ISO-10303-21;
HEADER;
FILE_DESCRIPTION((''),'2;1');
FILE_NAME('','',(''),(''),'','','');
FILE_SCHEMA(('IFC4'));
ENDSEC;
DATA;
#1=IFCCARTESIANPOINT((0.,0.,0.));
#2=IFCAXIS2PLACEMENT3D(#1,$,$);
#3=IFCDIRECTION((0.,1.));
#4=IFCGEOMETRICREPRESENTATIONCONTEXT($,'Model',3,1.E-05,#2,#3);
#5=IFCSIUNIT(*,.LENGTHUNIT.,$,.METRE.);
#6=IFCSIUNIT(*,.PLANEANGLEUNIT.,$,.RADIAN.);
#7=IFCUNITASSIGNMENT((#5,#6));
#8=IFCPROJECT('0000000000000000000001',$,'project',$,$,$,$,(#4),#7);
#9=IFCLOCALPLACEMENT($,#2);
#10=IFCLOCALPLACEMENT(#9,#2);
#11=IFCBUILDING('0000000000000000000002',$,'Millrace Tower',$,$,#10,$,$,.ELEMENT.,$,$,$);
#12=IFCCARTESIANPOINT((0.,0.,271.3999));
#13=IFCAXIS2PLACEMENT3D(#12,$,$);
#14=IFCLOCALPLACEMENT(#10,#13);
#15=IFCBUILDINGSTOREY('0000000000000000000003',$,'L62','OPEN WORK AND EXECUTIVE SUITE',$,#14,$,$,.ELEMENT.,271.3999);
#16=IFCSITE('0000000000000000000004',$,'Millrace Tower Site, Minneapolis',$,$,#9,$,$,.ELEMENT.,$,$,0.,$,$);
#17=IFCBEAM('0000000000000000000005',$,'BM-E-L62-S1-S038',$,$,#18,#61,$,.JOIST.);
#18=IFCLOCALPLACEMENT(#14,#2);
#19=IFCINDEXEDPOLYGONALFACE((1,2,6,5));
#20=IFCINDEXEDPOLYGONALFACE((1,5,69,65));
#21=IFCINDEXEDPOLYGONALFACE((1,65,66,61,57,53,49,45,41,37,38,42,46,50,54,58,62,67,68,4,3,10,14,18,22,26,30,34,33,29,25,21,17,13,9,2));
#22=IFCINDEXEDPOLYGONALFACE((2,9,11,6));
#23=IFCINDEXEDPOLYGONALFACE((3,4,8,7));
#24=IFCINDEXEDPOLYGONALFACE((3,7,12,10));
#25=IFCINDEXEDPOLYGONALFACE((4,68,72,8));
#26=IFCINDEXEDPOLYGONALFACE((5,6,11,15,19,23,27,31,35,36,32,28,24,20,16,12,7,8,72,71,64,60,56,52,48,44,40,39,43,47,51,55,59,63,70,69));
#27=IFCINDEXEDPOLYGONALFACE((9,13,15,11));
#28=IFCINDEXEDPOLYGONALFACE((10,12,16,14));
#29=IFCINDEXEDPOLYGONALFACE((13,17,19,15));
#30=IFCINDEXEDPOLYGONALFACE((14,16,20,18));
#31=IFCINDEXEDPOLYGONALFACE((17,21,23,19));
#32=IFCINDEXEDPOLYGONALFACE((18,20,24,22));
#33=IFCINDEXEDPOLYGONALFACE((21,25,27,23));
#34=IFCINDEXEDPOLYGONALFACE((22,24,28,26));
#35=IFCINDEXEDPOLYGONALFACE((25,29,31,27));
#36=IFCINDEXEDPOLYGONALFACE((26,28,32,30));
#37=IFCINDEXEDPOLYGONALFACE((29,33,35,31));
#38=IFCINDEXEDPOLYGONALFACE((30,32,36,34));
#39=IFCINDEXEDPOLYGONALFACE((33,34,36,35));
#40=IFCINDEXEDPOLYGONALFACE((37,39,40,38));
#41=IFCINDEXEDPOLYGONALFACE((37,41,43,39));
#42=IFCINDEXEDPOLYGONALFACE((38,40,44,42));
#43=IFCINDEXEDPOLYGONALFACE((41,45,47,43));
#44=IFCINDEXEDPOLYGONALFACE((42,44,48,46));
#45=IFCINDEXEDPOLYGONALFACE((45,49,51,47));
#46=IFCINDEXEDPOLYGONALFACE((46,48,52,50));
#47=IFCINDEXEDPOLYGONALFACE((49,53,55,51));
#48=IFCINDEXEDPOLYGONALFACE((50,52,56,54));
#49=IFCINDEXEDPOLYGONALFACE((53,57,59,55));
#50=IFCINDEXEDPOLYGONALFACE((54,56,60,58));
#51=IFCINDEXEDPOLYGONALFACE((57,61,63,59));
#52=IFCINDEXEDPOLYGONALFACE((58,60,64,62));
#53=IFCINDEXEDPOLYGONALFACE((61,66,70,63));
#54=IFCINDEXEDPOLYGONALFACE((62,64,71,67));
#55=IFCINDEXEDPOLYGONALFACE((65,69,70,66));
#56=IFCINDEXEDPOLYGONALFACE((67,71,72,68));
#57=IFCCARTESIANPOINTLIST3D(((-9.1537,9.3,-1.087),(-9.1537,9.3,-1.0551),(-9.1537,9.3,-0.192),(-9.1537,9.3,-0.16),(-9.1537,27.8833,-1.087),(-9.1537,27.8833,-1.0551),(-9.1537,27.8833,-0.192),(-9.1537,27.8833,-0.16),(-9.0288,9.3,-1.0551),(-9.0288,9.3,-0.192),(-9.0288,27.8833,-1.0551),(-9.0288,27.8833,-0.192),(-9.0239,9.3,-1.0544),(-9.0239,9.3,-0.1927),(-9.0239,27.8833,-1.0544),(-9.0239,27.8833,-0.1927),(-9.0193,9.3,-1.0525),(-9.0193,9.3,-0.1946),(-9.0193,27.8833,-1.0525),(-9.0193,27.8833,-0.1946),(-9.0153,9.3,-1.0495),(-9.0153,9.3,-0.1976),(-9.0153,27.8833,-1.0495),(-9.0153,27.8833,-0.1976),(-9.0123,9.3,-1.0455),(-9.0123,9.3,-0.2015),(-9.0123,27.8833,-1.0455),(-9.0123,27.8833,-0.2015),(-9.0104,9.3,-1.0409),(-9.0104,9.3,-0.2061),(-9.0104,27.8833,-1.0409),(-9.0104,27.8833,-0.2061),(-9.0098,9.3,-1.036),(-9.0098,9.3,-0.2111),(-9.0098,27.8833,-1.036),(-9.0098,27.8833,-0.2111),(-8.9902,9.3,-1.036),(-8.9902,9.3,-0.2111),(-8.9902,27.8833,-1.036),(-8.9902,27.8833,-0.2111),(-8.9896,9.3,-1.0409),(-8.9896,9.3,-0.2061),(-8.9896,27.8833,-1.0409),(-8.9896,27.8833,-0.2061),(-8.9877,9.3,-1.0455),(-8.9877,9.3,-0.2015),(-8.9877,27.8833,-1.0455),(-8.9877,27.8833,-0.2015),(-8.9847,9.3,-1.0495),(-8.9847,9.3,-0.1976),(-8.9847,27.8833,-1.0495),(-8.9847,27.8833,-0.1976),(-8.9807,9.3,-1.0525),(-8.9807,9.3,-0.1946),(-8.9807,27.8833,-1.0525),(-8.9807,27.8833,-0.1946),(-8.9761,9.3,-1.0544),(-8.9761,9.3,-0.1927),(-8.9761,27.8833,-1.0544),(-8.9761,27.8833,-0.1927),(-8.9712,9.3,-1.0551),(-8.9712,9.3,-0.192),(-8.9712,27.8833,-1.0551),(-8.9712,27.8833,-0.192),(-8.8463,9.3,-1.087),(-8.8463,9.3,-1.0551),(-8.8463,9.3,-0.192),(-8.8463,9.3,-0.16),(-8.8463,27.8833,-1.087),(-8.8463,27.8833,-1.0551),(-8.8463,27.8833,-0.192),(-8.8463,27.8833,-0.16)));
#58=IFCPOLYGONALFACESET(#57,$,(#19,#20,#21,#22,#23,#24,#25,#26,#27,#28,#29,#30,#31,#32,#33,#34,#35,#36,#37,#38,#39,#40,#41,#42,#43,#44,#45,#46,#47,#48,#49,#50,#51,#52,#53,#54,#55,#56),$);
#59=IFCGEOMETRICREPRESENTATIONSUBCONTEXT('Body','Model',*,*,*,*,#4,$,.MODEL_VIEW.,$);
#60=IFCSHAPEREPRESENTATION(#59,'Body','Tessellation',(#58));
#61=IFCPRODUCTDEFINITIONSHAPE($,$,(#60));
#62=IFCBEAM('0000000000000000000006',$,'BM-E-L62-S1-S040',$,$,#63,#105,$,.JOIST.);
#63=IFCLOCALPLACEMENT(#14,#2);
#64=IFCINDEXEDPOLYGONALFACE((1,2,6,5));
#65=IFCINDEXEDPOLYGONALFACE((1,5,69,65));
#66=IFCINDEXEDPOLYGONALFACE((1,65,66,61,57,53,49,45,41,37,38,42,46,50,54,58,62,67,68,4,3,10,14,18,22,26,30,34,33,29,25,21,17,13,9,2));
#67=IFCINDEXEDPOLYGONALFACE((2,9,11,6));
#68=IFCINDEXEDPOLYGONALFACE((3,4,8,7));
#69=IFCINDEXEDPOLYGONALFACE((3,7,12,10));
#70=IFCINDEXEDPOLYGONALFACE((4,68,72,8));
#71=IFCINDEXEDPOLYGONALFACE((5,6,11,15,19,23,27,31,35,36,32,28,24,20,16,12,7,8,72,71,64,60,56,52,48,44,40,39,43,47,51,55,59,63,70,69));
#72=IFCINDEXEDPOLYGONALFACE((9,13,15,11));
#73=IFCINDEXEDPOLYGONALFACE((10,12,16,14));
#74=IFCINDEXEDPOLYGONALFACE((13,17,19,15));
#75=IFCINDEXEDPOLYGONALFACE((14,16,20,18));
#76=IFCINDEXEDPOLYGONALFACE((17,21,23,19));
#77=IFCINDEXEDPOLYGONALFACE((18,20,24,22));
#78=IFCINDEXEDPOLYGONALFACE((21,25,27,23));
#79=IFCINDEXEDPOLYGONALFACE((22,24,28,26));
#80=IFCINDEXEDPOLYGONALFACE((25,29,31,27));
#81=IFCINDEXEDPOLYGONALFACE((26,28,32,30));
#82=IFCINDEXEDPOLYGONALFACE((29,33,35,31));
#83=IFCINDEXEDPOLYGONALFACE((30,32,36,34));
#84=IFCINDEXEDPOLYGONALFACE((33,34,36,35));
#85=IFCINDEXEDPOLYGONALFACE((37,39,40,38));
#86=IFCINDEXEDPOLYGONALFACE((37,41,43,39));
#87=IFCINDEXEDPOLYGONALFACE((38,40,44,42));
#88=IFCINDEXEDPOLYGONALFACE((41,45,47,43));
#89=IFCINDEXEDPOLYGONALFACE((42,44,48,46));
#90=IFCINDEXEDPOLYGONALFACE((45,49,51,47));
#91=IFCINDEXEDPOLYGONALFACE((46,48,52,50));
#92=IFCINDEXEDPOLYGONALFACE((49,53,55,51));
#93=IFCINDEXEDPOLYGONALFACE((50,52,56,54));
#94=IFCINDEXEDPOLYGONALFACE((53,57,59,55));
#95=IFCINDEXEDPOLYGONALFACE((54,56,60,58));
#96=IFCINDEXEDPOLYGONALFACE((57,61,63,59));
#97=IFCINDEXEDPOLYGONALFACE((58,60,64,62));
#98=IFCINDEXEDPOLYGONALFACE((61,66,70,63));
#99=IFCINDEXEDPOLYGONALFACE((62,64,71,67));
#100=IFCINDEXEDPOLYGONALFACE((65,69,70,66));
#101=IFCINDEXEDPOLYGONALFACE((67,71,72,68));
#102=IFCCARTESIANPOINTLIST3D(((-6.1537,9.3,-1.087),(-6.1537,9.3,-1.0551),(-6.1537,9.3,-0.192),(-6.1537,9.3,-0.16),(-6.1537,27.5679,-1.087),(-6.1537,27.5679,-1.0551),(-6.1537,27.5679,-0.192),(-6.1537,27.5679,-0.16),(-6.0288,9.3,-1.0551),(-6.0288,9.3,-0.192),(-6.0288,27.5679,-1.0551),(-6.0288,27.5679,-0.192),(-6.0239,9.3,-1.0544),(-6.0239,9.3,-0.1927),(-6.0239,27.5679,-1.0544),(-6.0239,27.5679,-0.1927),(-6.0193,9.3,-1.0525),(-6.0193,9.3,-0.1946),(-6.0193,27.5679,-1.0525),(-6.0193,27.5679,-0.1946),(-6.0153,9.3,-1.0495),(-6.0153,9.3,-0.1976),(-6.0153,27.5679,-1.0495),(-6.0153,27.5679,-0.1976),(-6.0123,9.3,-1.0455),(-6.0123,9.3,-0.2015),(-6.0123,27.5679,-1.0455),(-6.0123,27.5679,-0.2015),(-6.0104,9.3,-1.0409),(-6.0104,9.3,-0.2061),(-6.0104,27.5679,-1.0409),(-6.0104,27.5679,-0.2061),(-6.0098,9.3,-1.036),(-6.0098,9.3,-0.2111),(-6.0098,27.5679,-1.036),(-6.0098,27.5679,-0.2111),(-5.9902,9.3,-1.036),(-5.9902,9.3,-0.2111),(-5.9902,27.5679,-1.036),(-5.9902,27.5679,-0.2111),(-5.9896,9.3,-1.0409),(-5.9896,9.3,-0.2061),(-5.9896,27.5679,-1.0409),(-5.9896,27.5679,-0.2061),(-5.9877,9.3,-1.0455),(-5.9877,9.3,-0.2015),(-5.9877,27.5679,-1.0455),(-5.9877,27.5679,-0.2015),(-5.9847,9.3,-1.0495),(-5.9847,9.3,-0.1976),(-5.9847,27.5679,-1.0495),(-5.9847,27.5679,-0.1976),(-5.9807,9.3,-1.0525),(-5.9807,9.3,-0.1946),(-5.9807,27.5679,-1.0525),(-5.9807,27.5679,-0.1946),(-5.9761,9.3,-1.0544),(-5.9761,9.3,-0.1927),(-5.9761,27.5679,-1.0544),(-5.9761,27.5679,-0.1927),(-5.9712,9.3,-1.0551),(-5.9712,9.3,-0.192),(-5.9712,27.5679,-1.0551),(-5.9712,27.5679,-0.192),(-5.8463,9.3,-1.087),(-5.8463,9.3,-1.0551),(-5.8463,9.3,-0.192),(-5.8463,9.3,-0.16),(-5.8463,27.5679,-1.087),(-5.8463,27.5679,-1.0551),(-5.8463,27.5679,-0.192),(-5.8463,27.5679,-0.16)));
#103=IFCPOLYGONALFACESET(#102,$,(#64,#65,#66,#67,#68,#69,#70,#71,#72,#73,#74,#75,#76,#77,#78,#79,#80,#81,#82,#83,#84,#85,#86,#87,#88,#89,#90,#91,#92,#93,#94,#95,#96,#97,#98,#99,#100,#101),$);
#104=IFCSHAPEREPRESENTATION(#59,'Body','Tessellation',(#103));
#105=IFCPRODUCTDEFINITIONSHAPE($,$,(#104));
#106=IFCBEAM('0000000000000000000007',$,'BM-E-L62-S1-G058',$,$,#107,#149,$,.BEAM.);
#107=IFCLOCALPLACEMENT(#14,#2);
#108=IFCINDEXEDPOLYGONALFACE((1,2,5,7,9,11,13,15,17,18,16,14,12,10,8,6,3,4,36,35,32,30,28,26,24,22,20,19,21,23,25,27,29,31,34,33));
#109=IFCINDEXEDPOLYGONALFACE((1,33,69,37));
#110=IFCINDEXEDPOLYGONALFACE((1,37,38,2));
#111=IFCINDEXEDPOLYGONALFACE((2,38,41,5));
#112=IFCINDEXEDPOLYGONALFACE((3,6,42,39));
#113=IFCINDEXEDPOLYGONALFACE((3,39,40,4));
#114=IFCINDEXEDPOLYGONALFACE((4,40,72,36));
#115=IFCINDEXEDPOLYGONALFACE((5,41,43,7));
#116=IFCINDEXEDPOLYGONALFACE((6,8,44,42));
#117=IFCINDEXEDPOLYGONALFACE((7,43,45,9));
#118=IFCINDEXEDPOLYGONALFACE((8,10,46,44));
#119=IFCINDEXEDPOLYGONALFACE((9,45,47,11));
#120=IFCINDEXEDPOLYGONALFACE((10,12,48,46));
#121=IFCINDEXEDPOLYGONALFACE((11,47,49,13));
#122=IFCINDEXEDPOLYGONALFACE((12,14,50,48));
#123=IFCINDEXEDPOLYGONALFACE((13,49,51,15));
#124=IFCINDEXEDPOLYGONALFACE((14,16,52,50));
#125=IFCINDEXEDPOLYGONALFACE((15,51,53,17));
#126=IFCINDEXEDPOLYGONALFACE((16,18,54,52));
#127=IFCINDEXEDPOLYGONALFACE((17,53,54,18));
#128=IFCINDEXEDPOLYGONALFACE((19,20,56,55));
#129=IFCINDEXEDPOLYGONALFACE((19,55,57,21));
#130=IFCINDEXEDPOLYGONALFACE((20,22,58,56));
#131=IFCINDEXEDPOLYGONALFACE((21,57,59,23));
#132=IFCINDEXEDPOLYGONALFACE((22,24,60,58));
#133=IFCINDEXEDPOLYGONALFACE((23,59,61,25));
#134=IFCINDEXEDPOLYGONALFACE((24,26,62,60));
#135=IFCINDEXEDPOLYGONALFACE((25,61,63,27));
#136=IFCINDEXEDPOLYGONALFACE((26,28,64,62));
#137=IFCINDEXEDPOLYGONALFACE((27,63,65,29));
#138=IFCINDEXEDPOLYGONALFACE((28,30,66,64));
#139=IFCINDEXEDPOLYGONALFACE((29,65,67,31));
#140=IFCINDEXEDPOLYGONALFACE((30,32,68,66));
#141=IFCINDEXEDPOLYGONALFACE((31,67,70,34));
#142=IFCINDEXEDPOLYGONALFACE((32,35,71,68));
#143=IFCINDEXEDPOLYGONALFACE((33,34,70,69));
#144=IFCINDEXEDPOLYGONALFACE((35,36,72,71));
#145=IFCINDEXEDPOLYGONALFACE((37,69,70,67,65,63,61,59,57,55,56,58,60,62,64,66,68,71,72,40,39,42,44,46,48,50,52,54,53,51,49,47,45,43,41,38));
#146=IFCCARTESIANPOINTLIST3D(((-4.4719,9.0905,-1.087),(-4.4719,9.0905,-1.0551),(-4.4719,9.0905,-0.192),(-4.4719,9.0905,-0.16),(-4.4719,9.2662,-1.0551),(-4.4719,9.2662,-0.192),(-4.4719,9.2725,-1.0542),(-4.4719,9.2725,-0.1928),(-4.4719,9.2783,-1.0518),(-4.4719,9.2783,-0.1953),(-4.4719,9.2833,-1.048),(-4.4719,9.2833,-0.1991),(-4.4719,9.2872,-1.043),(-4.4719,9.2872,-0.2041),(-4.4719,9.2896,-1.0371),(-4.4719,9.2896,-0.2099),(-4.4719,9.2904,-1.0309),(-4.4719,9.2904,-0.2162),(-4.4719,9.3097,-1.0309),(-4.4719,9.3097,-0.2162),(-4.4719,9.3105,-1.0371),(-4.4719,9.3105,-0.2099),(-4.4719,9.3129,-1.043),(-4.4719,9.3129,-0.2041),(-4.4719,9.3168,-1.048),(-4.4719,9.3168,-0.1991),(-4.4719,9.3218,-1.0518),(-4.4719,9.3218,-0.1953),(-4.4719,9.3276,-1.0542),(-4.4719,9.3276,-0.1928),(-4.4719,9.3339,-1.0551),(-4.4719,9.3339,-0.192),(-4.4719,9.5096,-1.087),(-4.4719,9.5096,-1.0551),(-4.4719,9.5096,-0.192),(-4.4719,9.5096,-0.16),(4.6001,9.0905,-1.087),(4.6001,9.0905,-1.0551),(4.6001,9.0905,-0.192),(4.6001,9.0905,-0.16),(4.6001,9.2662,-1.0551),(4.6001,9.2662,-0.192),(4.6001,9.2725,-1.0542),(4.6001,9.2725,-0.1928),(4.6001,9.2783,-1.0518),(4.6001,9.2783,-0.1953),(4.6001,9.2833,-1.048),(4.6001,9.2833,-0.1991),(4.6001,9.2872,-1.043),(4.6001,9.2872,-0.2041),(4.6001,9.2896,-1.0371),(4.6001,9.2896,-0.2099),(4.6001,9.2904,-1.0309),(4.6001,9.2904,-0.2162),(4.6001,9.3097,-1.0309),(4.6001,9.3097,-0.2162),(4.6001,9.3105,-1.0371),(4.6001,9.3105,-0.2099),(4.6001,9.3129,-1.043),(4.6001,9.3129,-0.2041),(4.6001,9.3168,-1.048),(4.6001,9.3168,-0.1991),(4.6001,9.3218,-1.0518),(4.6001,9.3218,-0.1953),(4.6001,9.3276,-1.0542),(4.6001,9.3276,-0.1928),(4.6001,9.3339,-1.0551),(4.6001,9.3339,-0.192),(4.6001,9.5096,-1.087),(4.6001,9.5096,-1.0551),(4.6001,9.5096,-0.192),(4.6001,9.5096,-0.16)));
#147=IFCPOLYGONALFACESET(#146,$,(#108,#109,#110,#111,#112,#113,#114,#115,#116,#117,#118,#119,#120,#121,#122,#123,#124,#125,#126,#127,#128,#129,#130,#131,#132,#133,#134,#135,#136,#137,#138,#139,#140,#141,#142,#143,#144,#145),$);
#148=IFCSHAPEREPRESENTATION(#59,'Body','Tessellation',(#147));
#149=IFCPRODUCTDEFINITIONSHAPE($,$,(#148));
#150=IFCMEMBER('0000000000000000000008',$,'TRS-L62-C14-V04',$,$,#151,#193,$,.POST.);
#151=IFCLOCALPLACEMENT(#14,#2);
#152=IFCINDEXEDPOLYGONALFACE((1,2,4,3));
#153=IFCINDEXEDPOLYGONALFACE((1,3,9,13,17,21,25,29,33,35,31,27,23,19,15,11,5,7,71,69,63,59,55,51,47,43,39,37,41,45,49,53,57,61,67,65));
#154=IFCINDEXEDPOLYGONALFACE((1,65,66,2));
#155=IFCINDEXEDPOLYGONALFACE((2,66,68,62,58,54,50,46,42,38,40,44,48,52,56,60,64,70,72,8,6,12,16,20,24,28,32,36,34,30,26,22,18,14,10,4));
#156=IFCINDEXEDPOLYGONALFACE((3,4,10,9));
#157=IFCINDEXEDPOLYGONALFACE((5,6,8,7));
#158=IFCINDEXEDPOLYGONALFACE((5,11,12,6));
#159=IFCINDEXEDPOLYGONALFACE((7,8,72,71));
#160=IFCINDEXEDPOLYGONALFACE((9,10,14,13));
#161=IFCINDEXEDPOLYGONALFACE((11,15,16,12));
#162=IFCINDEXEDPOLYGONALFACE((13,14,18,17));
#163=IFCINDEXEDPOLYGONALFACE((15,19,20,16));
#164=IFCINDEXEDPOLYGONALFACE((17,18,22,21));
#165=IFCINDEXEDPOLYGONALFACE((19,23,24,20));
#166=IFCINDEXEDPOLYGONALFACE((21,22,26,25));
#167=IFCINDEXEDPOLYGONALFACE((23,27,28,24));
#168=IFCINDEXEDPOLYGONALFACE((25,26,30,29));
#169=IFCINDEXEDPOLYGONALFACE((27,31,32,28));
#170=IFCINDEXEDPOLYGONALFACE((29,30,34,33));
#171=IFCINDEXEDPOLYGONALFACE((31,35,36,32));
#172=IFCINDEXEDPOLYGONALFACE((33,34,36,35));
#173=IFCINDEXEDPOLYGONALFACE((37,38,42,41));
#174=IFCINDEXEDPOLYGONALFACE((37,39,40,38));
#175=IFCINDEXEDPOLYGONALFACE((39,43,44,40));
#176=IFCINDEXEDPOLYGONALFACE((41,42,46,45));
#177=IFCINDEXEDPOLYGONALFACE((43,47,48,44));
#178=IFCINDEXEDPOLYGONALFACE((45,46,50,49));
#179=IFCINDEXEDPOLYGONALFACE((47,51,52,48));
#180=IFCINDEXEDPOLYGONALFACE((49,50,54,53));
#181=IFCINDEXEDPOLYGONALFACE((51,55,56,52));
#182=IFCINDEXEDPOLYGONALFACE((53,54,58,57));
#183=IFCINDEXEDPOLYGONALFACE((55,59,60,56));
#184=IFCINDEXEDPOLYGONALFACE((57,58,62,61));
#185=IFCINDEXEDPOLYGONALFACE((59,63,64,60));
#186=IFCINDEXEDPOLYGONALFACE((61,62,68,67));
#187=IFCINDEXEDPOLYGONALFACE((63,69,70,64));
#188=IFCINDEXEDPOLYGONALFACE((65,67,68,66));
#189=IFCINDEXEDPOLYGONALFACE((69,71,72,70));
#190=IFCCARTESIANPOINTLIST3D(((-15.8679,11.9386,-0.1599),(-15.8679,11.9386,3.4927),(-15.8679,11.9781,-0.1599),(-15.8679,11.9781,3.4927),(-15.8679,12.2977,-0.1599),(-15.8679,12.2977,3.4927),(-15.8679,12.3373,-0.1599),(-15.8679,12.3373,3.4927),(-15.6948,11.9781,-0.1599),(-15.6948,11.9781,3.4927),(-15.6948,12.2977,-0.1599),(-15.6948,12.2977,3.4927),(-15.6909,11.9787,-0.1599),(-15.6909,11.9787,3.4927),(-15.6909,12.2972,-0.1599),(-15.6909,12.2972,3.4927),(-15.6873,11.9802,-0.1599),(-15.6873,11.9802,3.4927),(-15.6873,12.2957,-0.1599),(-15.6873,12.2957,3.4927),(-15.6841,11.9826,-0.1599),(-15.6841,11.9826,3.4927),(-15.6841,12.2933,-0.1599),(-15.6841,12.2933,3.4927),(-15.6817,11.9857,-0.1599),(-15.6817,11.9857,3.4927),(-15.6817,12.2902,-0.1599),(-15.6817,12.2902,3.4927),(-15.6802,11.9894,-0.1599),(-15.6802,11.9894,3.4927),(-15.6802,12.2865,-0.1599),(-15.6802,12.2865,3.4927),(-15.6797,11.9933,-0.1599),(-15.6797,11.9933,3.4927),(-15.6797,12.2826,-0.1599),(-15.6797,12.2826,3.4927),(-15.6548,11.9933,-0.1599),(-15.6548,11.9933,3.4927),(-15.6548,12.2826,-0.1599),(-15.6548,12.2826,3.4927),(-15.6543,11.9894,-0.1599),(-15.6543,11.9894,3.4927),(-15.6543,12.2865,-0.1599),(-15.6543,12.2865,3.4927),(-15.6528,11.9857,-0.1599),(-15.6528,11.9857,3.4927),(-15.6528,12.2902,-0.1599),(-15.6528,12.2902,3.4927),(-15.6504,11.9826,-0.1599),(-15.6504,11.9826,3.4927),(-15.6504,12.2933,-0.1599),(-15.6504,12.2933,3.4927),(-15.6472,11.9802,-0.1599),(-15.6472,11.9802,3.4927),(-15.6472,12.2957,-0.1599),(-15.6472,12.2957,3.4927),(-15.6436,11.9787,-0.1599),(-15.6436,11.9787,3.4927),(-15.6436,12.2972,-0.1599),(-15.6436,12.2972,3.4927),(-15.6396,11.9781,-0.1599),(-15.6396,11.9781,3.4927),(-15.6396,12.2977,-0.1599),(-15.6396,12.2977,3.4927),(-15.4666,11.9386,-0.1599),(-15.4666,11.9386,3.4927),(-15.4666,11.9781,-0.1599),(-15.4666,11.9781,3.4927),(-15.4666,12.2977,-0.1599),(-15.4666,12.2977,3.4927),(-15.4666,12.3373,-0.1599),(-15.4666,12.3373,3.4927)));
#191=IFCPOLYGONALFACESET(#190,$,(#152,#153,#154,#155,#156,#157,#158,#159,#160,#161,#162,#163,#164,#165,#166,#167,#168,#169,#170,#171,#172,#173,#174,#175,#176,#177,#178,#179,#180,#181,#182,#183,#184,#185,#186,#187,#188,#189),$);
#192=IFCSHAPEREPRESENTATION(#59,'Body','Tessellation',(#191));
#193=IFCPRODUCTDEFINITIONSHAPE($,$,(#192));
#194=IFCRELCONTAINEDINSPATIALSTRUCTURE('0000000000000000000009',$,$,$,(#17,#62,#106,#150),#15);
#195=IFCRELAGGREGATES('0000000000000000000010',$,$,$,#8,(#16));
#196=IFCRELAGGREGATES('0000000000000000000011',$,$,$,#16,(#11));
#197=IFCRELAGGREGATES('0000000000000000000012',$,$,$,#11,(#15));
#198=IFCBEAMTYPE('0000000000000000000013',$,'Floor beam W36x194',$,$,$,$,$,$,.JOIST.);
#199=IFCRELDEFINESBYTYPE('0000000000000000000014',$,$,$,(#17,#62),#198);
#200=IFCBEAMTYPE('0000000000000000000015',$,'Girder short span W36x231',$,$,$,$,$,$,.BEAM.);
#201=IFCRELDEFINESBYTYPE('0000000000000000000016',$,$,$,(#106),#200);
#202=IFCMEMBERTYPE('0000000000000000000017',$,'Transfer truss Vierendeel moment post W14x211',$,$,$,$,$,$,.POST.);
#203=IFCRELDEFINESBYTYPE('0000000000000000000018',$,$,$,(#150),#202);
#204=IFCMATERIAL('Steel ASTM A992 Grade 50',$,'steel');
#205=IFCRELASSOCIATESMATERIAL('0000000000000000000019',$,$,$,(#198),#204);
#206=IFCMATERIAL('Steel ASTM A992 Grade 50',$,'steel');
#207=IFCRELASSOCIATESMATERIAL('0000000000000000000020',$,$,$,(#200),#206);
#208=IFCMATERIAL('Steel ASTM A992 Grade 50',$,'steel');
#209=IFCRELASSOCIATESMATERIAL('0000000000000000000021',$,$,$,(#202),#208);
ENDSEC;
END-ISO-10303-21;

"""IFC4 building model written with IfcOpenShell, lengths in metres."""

from ifc_helpers import new_model, si_unit, direction, frame, origin, origin_2d, place, context, subcontext, project, spatial, i_section, extrude, material, material_profile, profile_set, type_object, element, save


model = new_model("IFC4")

# Units and contexts
model_context = context("Model", 3, precision=1e-05, world=origin(), true_north=direction((0.0, 1.0)))
body_context = subcontext(model_context, "Body", "Model", "MODEL_VIEW")
ifc_project = project(units=[si_unit("LENGTHUNIT", "METRE"), si_unit("PLANEANGLEUNIT", "RADIAN")], contexts=[model_context])

# Site, building, storey
site_placement = place(None, origin())
site = spatial("IfcSite", under=ifc_project, at=site_placement, Name="Millrace Tower Site, Minneapolis", CompositionType="ELEMENT", RefElevation=0.0)
building_placement = place(site_placement, origin())
building = spatial("IfcBuilding", under=site, at=building_placement, Name="Millrace Tower", CompositionType="ELEMENT")
storey_placement = place(building_placement, frame((0.0, 0.0, 271.3999)))
storey = spatial("IfcBuildingStorey", under=building, at=storey_placement, Name="L62", Description="OPEN WORK AND EXECUTIVE SUITE", CompositionType="ELEMENT", Elevation=271.3999)

# Beams
ifc_material_1 = material(Name="Steel ASTM A992 Grade 50", Category="steel")
ifc_material_profile_1 = material_profile(ifc_material_1, i_section(OverallWidth=0.3074, OverallDepth=0.927, WebThickness=0.0195, FlangeThickness=0.032, FilletRadius=0.019, at=origin_2d()))
ifc_profile_set_1 = profile_set([ifc_material_profile_1], Name="Steel ASTM A992 Grade 50")
beam_type_1 = type_object("IfcBeamType", Name="Floor beam W36x194", PredefinedType="JOIST", material=ifc_profile_set_1)
beam_1_placement = place(storey_placement, frame((-9.0, 9.3, -0.6235), z_axis=(0.0, 1.0, 0.0), x_axis=(-1.0, 0.0, 0.0)))
element("IfcBeam", 1, at=beam_1_placement, inside=storey, type_object=beam_type_1, Name="BM-E-L62-S1-S038", PredefinedType="JOIST", context=body_context, shape_type="SweptSolid", body=[
    extrude(i_section(OverallWidth=0.3074, OverallDepth=0.927, WebThickness=0.0195, FlangeThickness=0.032, FilletRadius=0.019, at=origin_2d()), origin(), (0.0, 0.0, 1.0), 18.5833),
])
beam_2_placement = place(storey_placement, frame((-6.0, 9.3, -0.6235), z_axis=(0.0, 1.0, 0.0), x_axis=(-1.0, 0.0, 0.0)))
element("IfcBeam", 2, at=beam_2_placement, inside=storey, type_object=beam_type_1, Name="BM-E-L62-S1-S040", PredefinedType="JOIST", context=body_context, shape_type="SweptSolid", body=[
    extrude(i_section(OverallWidth=0.3074, OverallDepth=0.927, WebThickness=0.0195, FlangeThickness=0.032, FilletRadius=0.019, at=origin_2d()), origin(), (0.0, 0.0, 1.0), 18.2678),
])
ifc_material_2 = material(Name="Steel ASTM A992 Grade 50", Category="steel")
ifc_material_profile_2 = material_profile(ifc_material_2, i_section(OverallWidth=0.4192, OverallDepth=0.927, WebThickness=0.0193, FlangeThickness=0.032, FilletRadius=0.0242, at=origin_2d()))
ifc_profile_set_2 = profile_set([ifc_material_profile_2], Name="Steel ASTM A992 Grade 50")
beam_type_2 = type_object("IfcBeamType", Name="Girder short span W36x231", PredefinedType="BEAM", material=ifc_profile_set_2)
beam_3_placement = place(storey_placement, frame((-4.4719, 9.3, -0.6235), z_axis=(1.0, 0.0, 0.0), x_axis=(0.0, 1.0, 0.0)))
element("IfcBeam", 3, at=beam_3_placement, inside=storey, type_object=beam_type_2, Name="BM-E-L62-S1-G058", PredefinedType="BEAM", context=body_context, shape_type="SweptSolid", body=[
    extrude(i_section(OverallWidth=0.4192, OverallDepth=0.927, WebThickness=0.0193, FlangeThickness=0.032, FilletRadius=0.0242, at=origin_2d()), origin(), (0.0, 0.0, 1.0), 9.072),
])

# Member
ifc_material_3 = material(Name="Steel ASTM A992 Grade 50", Category="steel")
ifc_material_profile_3 = material_profile(ifc_material_3, i_section(OverallWidth=0.4014, OverallDepth=0.3987, WebThickness=0.0249, FlangeThickness=0.0396, FilletRadius=0.0151, at=origin_2d()))
ifc_profile_set_3 = profile_set([ifc_material_profile_3], Name="Steel ASTM A992 Grade 50")
member_type = type_object("IfcMemberType", Name="Transfer truss Vierendeel moment post W14x211", PredefinedType="POST", material=ifc_profile_set_3)
for number, where, z_axis, x_axis, name in (
    (4, (-15.6672, 12.1379, -0.1599), (0.0, 0.0, 1.0), (1.0, 0.0, 0.0), "TRS-L62-C14-V04"),
):
    element("IfcMember", number, at=place(storey_placement, frame(where, z_axis=z_axis, x_axis=x_axis)), inside=storey, type_object=member_type, Name=name, PredefinedType="POST", context=body_context, shape_type="SweptSolid", body=[
        extrude(i_section(OverallWidth=0.4014, OverallDepth=0.3987, WebThickness=0.0249, FlangeThickness=0.0396, FilletRadius=0.0151, at=origin_2d()), origin(), (0.0, 0.0, 1.0), 3.6526),
    ])

save(model, "model.ifc")
